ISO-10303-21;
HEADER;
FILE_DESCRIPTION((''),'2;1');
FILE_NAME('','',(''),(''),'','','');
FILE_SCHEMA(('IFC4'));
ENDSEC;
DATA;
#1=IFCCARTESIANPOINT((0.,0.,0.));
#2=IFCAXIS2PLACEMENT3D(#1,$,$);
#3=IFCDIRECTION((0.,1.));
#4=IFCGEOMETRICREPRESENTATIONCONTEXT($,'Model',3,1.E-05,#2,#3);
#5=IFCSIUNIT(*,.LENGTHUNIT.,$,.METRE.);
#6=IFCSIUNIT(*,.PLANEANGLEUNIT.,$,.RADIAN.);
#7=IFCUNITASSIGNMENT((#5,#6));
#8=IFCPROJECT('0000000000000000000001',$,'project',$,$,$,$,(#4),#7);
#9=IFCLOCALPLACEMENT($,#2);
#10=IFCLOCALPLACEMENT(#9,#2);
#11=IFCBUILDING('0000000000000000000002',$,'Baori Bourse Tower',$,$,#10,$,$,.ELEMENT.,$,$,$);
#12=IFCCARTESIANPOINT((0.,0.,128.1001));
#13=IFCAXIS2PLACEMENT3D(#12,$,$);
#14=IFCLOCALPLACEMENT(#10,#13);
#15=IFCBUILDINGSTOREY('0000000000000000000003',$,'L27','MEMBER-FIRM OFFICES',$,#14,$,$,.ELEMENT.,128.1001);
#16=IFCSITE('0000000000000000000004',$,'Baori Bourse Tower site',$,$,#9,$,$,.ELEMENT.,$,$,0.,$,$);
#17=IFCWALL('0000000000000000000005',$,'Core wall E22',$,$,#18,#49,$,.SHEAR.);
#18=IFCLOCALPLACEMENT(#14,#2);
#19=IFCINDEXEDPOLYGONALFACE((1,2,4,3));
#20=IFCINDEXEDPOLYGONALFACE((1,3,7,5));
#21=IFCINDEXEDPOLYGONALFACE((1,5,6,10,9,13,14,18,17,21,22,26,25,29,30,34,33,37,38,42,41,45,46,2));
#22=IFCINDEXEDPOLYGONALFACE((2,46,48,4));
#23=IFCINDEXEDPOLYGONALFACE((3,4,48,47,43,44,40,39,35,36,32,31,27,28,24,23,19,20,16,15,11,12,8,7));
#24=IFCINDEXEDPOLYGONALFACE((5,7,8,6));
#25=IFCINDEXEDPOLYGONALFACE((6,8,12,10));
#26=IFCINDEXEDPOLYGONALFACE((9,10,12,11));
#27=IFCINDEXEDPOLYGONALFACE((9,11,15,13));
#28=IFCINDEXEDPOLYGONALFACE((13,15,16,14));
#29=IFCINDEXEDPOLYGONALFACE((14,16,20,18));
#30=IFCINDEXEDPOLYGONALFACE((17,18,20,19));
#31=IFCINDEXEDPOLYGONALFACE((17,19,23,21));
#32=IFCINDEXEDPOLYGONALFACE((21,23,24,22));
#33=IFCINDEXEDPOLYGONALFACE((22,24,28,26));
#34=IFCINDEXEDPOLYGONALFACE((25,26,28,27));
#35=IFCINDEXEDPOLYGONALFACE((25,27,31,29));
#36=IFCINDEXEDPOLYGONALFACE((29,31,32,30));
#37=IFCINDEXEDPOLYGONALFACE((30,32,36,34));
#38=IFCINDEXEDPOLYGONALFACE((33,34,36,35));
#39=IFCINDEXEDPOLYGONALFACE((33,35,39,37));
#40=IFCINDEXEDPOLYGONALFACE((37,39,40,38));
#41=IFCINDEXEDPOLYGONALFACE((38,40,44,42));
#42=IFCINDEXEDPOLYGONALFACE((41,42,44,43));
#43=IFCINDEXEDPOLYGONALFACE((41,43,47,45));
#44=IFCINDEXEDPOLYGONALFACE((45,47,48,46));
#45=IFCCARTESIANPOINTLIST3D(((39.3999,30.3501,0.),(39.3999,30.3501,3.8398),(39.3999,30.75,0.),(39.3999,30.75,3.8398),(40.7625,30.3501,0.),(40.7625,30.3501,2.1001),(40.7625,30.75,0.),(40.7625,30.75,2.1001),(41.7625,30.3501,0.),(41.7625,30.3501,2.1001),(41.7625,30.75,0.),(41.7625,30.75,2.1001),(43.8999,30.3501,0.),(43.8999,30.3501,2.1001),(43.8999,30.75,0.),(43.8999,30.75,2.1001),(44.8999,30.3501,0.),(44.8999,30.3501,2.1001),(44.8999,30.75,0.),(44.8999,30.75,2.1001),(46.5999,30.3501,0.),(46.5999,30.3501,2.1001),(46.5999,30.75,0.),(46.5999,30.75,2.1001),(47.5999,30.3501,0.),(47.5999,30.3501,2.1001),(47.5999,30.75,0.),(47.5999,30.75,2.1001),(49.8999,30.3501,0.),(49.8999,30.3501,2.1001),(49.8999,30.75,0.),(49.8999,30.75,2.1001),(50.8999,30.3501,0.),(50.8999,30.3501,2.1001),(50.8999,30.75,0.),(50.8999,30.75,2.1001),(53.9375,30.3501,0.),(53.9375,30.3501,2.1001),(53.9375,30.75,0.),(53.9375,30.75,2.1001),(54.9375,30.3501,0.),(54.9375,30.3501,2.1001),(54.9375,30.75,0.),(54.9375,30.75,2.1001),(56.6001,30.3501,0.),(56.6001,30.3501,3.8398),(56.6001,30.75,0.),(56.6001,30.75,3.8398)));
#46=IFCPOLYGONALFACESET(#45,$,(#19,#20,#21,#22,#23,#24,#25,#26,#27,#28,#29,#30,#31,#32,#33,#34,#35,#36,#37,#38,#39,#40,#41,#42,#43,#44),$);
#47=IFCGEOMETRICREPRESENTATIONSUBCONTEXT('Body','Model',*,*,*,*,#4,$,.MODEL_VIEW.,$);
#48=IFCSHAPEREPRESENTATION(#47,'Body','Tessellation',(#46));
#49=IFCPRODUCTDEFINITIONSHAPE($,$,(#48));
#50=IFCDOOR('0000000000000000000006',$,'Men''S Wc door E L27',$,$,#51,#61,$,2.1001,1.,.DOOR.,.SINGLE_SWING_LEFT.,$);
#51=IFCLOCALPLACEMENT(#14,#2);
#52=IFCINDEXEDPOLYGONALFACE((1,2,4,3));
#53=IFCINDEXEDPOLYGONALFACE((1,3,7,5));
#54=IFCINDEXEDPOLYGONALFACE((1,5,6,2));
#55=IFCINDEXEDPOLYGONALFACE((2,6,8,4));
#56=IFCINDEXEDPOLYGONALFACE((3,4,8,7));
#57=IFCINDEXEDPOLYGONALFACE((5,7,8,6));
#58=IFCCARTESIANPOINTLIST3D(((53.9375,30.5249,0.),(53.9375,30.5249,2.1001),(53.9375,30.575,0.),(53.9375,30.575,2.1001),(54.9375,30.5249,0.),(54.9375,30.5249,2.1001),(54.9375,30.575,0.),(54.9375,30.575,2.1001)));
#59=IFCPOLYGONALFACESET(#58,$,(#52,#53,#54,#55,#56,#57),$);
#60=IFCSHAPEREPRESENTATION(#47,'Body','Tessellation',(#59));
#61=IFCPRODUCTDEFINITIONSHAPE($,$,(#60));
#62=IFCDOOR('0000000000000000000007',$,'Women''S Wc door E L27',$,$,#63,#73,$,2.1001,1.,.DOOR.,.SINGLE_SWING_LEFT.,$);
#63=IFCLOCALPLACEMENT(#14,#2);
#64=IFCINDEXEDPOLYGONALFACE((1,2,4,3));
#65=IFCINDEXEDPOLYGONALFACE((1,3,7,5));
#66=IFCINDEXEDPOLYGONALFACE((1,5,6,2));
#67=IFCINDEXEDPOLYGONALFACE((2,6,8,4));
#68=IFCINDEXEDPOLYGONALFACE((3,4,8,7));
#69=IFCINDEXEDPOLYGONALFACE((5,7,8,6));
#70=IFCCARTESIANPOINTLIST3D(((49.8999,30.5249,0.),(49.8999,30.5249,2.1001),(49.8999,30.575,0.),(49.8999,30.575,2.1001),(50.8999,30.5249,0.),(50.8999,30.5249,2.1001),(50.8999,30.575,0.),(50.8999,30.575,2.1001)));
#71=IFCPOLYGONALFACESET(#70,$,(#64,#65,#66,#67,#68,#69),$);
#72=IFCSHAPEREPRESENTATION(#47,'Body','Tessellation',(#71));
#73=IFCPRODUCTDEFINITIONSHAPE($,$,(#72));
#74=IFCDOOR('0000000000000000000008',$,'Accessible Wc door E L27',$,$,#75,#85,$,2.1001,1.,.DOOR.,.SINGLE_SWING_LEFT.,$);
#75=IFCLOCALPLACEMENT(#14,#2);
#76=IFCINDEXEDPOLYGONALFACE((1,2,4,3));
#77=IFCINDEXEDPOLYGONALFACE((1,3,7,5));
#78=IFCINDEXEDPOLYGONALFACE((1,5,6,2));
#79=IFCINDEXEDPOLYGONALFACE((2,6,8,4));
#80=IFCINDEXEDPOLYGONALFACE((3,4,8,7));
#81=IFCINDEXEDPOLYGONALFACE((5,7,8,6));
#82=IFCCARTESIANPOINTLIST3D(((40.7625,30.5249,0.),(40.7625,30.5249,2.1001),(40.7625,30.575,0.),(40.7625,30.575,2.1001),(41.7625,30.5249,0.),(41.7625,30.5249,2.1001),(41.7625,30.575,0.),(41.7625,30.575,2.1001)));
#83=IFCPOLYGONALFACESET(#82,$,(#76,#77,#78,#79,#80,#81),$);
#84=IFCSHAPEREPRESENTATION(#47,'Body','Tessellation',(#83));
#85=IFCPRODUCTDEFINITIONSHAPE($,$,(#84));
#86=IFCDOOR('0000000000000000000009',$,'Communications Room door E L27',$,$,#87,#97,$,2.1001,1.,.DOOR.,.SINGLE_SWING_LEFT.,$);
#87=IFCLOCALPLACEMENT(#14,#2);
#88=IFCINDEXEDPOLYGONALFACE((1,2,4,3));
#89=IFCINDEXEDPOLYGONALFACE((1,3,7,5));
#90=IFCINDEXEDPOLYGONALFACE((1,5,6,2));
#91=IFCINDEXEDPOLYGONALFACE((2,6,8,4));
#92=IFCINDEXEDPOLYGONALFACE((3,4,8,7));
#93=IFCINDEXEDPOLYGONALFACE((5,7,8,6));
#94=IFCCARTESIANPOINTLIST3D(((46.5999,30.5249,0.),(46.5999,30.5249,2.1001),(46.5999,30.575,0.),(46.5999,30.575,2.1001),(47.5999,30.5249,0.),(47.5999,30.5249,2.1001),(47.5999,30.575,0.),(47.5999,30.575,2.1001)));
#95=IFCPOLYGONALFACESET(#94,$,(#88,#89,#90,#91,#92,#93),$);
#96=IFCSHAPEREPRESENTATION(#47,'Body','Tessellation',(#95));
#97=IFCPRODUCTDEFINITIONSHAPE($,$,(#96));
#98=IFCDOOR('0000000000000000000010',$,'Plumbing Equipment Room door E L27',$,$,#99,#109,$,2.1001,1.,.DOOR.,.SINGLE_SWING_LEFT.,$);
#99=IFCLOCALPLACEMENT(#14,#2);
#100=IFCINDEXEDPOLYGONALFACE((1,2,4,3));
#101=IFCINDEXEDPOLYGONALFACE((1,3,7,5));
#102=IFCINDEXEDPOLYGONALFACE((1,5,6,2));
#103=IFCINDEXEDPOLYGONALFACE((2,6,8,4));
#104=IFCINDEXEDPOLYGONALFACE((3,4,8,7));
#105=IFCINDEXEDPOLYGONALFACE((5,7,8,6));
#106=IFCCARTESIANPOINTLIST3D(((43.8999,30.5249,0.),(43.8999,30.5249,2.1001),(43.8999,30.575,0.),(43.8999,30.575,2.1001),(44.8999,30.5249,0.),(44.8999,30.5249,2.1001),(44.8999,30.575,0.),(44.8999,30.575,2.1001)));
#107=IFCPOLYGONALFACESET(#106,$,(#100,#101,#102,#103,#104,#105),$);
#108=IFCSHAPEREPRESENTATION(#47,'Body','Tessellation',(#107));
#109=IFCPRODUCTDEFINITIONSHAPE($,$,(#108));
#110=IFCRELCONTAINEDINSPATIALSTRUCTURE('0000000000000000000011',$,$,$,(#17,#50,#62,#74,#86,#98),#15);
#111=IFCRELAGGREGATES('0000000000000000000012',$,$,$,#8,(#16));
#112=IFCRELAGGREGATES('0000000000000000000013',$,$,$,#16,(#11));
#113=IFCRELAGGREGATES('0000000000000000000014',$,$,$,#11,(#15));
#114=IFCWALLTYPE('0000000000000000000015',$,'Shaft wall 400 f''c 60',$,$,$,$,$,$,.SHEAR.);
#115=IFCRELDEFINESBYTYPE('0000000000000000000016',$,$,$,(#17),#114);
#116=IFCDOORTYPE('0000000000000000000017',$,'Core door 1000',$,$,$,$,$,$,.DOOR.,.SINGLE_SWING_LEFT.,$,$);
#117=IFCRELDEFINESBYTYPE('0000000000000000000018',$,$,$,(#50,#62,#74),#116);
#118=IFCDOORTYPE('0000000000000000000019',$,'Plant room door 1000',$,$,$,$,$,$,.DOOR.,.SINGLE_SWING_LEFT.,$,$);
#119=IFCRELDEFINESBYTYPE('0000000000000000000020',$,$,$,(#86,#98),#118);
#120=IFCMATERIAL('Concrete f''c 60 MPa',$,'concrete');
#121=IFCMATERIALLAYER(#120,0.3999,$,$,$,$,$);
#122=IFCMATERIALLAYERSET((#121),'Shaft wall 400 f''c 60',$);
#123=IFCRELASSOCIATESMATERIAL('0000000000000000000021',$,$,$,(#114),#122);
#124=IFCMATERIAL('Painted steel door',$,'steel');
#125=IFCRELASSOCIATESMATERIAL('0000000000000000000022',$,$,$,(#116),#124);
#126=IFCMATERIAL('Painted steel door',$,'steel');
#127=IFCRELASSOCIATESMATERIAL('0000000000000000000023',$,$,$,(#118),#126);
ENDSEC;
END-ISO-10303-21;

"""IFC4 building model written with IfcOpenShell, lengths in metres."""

from ifc_helpers import new_model, si_unit, direction, frame, frame_2d, origin, place, context, subcontext, project, spatial, rectangle, extrude, material, layer, layer_set, type_object, element, fill, save


model = new_model("IFC4")

# Units and contexts
model_context = context("Model", 3, precision=1e-05, world=origin(), true_north=direction((0.0, 1.0)))
body_context = subcontext(model_context, "Body", "Model", "MODEL_VIEW")
ifc_project = project(units=[si_unit("LENGTHUNIT", "METRE"), si_unit("PLANEANGLEUNIT", "RADIAN")], contexts=[model_context])

# Site, building, storey
site_placement = place(None, origin())
site = spatial("IfcSite", under=ifc_project, at=site_placement, Name="Baori Bourse Tower site", CompositionType="ELEMENT", RefElevation=0.0)
building_placement = place(site_placement, origin())
building = spatial("IfcBuilding", under=site, at=building_placement, Name="Baori Bourse Tower", CompositionType="ELEMENT")
storey_placement = place(building_placement, frame((0.0, 0.0, 128.1001)))
storey = spatial("IfcBuildingStorey", under=building, at=storey_placement, Name="L27", Description="MEMBER-FIRM OFFICES", CompositionType="ELEMENT", Elevation=128.1001)

# Wall, openings, doors
ifc_material_1 = material(Name="Concrete f'c 60 MPa", Category="concrete")
ifc_layer_1 = layer(ifc_material_1, 0.3999)
ifc_layer_set_1 = layer_set([ifc_layer_1], Name="Shaft wall 400 f'c 60")
wall_type_1 = type_object("IfcWallType", Name="Shaft wall 400 f'c 60", PredefinedType="SHEAR", material=ifc_layer_set_1)
wall_1_placement = place(storey_placement, frame((39.3999, 30.55, 0.0), z_axis=(0.0, 0.0, 1.0), x_axis=(1.0, 0.0, 0.0)))
wall_1 = element("IfcWall", 1, at=wall_1_placement, inside=storey, type_object=wall_type_1, Name="Core wall E22", PredefinedType="SHEAR", context=body_context, shape_type="SweptSolid", body=[
    extrude(rectangle(XDim=17.2002, YDim=0.3999, at=frame_2d((8.6001, 0.0))), origin(), (0.0, 0.0, 1.0), 3.8398),
])
opening_1_placement = place(wall_1_placement, frame((14.5376, 0.0, 0.0)))
opening_1 = element("IfcOpeningElement", 2, at=opening_1_placement, cuts=wall_1, PredefinedType="OPENING", context=body_context, shape_type="SweptSolid", body=[
    extrude(rectangle(XDim=1.0, YDim=2.1001, at=frame_2d((0.5, 1.05))), frame((0.0, 0.21, 0.0), z_axis=(0.0, -1.0, 0.0), x_axis=(1.0, 0.0, 0.0)), (0.0, 0.0, 1.0), 0.4199),
])
opening_2_placement = place(wall_1_placement, frame((10.5, 0.0, 0.0)))
opening_2 = element("IfcOpeningElement", 3, at=opening_2_placement, cuts=wall_1, PredefinedType="OPENING", context=body_context, shape_type="SweptSolid", body=[
    extrude(rectangle(XDim=1.0, YDim=2.1001, at=frame_2d((0.5, 1.05))), frame((0.0, 0.21, 0.0), z_axis=(0.0, -1.0, 0.0), x_axis=(1.0, 0.0, 0.0)), (0.0, 0.0, 1.0), 0.4199),
])
opening_3_placement = place(wall_1_placement, frame((7.2, 0.0, 0.0)))
opening_3 = element("IfcOpeningElement", 4, at=opening_3_placement, cuts=wall_1, PredefinedType="OPENING", context=body_context, shape_type="SweptSolid", body=[
    extrude(rectangle(XDim=1.0, YDim=2.1001, at=frame_2d((0.5, 1.05))), frame((0.0, 0.21, 0.0), z_axis=(0.0, -1.0, 0.0), x_axis=(1.0, 0.0, 0.0)), (0.0, 0.0, 1.0), 0.4199),
])
opening_4_placement = place(wall_1_placement, frame((4.5, 0.0, 0.0)))
opening_4 = element("IfcOpeningElement", 5, at=opening_4_placement, cuts=wall_1, PredefinedType="OPENING", context=body_context, shape_type="SweptSolid", body=[
    extrude(rectangle(XDim=1.0, YDim=2.1001, at=frame_2d((0.5, 1.05))), frame((0.0, 0.21, 0.0), z_axis=(0.0, -1.0, 0.0), x_axis=(1.0, 0.0, 0.0)), (0.0, 0.0, 1.0), 0.4199),
])
opening_5_placement = place(wall_1_placement, frame((1.3625, 0.0, 0.0)))
opening_5 = element("IfcOpeningElement", 6, at=opening_5_placement, cuts=wall_1, PredefinedType="OPENING", context=body_context, shape_type="SweptSolid", body=[
    extrude(rectangle(XDim=1.0, YDim=2.1001, at=frame_2d((0.5, 1.05))), frame((0.0, 0.21, 0.0), z_axis=(0.0, -1.0, 0.0), x_axis=(1.0, 0.0, 0.0)), (0.0, 0.0, 1.0), 0.4199),
])
ifc_material_2 = material(Name="Painted steel door", Category="steel")
door_type_1 = type_object("IfcDoorType", Name="Core door 1000", OperationType="SINGLE_SWING_LEFT", PredefinedType="DOOR", material=ifc_material_2)
door_1_placement = place(opening_1_placement, origin())
door_1 = element("IfcDoor", 7, at=door_1_placement, inside=storey, type_object=door_type_1, Name="Men'S Wc door E L27", OperationType="SINGLE_SWING_LEFT", OverallHeight=2.1001, OverallWidth=1.0, PredefinedType="DOOR", context=body_context, shape_type="SweptSolid", body=[
    extrude(rectangle(XDim=1.0, YDim=2.1001, at=frame_2d((0.5, 1.05))), frame((0.0, 0.0249, 0.0), z_axis=(0.0, -1.0, 0.0), x_axis=(1.0, 0.0, 0.0)), (0.0, 0.0, 1.0), 0.05),
])
fill(opening_1, door_1)
door_2_placement = place(opening_2_placement, origin())
door_2 = element("IfcDoor", 8, at=door_2_placement, inside=storey, type_object=door_type_1, Name="Women'S Wc door E L27", OperationType="SINGLE_SWING_LEFT", OverallHeight=2.1001, OverallWidth=1.0, PredefinedType="DOOR", context=body_context, shape_type="SweptSolid", body=[
    extrude(rectangle(XDim=1.0, YDim=2.1001, at=frame_2d((0.5, 1.05))), frame((0.0, 0.0249, 0.0), z_axis=(0.0, -1.0, 0.0), x_axis=(1.0, 0.0, 0.0)), (0.0, 0.0, 1.0), 0.05),
])
fill(opening_2, door_2)
door_3_placement = place(opening_5_placement, origin())
door_3 = element("IfcDoor", 9, at=door_3_placement, inside=storey, type_object=door_type_1, Name="Accessible Wc door E L27", OperationType="SINGLE_SWING_LEFT", OverallHeight=2.1001, OverallWidth=1.0, PredefinedType="DOOR", context=body_context, shape_type="SweptSolid", body=[
    extrude(rectangle(XDim=1.0, YDim=2.1001, at=frame_2d((0.5, 1.05))), frame((0.0, 0.0249, 0.0), z_axis=(0.0, -1.0, 0.0), x_axis=(1.0, 0.0, 0.0)), (0.0, 0.0, 1.0), 0.05),
])
fill(opening_5, door_3)
ifc_material_3 = material(Name="Painted steel door", Category="steel")
door_type_2 = type_object("IfcDoorType", Name="Plant room door 1000", OperationType="SINGLE_SWING_LEFT", PredefinedType="DOOR", material=ifc_material_3)
door_4_placement = place(opening_3_placement, origin())
door_4 = element("IfcDoor", 10, at=door_4_placement, inside=storey, type_object=door_type_2, Name="Communications Room door E L27", OperationType="SINGLE_SWING_LEFT", OverallHeight=2.1001, OverallWidth=1.0, PredefinedType="DOOR", context=body_context, shape_type="SweptSolid", body=[
    extrude(rectangle(XDim=1.0, YDim=2.1001, at=frame_2d((0.5, 1.05))), frame((0.0, 0.0249, 0.0), z_axis=(0.0, -1.0, 0.0), x_axis=(1.0, 0.0, 0.0)), (0.0, 0.0, 1.0), 0.05),
])
fill(opening_3, door_4)
door_5_placement = place(opening_4_placement, origin())
door_5 = element("IfcDoor", 11, at=door_5_placement, inside=storey, type_object=door_type_2, Name="Plumbing Equipment Room door E L27", OperationType="SINGLE_SWING_LEFT", OverallHeight=2.1001, OverallWidth=1.0, PredefinedType="DOOR", context=body_context, shape_type="SweptSolid", body=[
    extrude(rectangle(XDim=1.0, YDim=2.1001, at=frame_2d((0.5, 1.05))), frame((0.0, 0.0249, 0.0), z_axis=(0.0, -1.0, 0.0), x_axis=(1.0, 0.0, 0.0)), (0.0, 0.0, 1.0), 0.05),
])
fill(opening_4, door_5)

save(model, "model.ifc")
